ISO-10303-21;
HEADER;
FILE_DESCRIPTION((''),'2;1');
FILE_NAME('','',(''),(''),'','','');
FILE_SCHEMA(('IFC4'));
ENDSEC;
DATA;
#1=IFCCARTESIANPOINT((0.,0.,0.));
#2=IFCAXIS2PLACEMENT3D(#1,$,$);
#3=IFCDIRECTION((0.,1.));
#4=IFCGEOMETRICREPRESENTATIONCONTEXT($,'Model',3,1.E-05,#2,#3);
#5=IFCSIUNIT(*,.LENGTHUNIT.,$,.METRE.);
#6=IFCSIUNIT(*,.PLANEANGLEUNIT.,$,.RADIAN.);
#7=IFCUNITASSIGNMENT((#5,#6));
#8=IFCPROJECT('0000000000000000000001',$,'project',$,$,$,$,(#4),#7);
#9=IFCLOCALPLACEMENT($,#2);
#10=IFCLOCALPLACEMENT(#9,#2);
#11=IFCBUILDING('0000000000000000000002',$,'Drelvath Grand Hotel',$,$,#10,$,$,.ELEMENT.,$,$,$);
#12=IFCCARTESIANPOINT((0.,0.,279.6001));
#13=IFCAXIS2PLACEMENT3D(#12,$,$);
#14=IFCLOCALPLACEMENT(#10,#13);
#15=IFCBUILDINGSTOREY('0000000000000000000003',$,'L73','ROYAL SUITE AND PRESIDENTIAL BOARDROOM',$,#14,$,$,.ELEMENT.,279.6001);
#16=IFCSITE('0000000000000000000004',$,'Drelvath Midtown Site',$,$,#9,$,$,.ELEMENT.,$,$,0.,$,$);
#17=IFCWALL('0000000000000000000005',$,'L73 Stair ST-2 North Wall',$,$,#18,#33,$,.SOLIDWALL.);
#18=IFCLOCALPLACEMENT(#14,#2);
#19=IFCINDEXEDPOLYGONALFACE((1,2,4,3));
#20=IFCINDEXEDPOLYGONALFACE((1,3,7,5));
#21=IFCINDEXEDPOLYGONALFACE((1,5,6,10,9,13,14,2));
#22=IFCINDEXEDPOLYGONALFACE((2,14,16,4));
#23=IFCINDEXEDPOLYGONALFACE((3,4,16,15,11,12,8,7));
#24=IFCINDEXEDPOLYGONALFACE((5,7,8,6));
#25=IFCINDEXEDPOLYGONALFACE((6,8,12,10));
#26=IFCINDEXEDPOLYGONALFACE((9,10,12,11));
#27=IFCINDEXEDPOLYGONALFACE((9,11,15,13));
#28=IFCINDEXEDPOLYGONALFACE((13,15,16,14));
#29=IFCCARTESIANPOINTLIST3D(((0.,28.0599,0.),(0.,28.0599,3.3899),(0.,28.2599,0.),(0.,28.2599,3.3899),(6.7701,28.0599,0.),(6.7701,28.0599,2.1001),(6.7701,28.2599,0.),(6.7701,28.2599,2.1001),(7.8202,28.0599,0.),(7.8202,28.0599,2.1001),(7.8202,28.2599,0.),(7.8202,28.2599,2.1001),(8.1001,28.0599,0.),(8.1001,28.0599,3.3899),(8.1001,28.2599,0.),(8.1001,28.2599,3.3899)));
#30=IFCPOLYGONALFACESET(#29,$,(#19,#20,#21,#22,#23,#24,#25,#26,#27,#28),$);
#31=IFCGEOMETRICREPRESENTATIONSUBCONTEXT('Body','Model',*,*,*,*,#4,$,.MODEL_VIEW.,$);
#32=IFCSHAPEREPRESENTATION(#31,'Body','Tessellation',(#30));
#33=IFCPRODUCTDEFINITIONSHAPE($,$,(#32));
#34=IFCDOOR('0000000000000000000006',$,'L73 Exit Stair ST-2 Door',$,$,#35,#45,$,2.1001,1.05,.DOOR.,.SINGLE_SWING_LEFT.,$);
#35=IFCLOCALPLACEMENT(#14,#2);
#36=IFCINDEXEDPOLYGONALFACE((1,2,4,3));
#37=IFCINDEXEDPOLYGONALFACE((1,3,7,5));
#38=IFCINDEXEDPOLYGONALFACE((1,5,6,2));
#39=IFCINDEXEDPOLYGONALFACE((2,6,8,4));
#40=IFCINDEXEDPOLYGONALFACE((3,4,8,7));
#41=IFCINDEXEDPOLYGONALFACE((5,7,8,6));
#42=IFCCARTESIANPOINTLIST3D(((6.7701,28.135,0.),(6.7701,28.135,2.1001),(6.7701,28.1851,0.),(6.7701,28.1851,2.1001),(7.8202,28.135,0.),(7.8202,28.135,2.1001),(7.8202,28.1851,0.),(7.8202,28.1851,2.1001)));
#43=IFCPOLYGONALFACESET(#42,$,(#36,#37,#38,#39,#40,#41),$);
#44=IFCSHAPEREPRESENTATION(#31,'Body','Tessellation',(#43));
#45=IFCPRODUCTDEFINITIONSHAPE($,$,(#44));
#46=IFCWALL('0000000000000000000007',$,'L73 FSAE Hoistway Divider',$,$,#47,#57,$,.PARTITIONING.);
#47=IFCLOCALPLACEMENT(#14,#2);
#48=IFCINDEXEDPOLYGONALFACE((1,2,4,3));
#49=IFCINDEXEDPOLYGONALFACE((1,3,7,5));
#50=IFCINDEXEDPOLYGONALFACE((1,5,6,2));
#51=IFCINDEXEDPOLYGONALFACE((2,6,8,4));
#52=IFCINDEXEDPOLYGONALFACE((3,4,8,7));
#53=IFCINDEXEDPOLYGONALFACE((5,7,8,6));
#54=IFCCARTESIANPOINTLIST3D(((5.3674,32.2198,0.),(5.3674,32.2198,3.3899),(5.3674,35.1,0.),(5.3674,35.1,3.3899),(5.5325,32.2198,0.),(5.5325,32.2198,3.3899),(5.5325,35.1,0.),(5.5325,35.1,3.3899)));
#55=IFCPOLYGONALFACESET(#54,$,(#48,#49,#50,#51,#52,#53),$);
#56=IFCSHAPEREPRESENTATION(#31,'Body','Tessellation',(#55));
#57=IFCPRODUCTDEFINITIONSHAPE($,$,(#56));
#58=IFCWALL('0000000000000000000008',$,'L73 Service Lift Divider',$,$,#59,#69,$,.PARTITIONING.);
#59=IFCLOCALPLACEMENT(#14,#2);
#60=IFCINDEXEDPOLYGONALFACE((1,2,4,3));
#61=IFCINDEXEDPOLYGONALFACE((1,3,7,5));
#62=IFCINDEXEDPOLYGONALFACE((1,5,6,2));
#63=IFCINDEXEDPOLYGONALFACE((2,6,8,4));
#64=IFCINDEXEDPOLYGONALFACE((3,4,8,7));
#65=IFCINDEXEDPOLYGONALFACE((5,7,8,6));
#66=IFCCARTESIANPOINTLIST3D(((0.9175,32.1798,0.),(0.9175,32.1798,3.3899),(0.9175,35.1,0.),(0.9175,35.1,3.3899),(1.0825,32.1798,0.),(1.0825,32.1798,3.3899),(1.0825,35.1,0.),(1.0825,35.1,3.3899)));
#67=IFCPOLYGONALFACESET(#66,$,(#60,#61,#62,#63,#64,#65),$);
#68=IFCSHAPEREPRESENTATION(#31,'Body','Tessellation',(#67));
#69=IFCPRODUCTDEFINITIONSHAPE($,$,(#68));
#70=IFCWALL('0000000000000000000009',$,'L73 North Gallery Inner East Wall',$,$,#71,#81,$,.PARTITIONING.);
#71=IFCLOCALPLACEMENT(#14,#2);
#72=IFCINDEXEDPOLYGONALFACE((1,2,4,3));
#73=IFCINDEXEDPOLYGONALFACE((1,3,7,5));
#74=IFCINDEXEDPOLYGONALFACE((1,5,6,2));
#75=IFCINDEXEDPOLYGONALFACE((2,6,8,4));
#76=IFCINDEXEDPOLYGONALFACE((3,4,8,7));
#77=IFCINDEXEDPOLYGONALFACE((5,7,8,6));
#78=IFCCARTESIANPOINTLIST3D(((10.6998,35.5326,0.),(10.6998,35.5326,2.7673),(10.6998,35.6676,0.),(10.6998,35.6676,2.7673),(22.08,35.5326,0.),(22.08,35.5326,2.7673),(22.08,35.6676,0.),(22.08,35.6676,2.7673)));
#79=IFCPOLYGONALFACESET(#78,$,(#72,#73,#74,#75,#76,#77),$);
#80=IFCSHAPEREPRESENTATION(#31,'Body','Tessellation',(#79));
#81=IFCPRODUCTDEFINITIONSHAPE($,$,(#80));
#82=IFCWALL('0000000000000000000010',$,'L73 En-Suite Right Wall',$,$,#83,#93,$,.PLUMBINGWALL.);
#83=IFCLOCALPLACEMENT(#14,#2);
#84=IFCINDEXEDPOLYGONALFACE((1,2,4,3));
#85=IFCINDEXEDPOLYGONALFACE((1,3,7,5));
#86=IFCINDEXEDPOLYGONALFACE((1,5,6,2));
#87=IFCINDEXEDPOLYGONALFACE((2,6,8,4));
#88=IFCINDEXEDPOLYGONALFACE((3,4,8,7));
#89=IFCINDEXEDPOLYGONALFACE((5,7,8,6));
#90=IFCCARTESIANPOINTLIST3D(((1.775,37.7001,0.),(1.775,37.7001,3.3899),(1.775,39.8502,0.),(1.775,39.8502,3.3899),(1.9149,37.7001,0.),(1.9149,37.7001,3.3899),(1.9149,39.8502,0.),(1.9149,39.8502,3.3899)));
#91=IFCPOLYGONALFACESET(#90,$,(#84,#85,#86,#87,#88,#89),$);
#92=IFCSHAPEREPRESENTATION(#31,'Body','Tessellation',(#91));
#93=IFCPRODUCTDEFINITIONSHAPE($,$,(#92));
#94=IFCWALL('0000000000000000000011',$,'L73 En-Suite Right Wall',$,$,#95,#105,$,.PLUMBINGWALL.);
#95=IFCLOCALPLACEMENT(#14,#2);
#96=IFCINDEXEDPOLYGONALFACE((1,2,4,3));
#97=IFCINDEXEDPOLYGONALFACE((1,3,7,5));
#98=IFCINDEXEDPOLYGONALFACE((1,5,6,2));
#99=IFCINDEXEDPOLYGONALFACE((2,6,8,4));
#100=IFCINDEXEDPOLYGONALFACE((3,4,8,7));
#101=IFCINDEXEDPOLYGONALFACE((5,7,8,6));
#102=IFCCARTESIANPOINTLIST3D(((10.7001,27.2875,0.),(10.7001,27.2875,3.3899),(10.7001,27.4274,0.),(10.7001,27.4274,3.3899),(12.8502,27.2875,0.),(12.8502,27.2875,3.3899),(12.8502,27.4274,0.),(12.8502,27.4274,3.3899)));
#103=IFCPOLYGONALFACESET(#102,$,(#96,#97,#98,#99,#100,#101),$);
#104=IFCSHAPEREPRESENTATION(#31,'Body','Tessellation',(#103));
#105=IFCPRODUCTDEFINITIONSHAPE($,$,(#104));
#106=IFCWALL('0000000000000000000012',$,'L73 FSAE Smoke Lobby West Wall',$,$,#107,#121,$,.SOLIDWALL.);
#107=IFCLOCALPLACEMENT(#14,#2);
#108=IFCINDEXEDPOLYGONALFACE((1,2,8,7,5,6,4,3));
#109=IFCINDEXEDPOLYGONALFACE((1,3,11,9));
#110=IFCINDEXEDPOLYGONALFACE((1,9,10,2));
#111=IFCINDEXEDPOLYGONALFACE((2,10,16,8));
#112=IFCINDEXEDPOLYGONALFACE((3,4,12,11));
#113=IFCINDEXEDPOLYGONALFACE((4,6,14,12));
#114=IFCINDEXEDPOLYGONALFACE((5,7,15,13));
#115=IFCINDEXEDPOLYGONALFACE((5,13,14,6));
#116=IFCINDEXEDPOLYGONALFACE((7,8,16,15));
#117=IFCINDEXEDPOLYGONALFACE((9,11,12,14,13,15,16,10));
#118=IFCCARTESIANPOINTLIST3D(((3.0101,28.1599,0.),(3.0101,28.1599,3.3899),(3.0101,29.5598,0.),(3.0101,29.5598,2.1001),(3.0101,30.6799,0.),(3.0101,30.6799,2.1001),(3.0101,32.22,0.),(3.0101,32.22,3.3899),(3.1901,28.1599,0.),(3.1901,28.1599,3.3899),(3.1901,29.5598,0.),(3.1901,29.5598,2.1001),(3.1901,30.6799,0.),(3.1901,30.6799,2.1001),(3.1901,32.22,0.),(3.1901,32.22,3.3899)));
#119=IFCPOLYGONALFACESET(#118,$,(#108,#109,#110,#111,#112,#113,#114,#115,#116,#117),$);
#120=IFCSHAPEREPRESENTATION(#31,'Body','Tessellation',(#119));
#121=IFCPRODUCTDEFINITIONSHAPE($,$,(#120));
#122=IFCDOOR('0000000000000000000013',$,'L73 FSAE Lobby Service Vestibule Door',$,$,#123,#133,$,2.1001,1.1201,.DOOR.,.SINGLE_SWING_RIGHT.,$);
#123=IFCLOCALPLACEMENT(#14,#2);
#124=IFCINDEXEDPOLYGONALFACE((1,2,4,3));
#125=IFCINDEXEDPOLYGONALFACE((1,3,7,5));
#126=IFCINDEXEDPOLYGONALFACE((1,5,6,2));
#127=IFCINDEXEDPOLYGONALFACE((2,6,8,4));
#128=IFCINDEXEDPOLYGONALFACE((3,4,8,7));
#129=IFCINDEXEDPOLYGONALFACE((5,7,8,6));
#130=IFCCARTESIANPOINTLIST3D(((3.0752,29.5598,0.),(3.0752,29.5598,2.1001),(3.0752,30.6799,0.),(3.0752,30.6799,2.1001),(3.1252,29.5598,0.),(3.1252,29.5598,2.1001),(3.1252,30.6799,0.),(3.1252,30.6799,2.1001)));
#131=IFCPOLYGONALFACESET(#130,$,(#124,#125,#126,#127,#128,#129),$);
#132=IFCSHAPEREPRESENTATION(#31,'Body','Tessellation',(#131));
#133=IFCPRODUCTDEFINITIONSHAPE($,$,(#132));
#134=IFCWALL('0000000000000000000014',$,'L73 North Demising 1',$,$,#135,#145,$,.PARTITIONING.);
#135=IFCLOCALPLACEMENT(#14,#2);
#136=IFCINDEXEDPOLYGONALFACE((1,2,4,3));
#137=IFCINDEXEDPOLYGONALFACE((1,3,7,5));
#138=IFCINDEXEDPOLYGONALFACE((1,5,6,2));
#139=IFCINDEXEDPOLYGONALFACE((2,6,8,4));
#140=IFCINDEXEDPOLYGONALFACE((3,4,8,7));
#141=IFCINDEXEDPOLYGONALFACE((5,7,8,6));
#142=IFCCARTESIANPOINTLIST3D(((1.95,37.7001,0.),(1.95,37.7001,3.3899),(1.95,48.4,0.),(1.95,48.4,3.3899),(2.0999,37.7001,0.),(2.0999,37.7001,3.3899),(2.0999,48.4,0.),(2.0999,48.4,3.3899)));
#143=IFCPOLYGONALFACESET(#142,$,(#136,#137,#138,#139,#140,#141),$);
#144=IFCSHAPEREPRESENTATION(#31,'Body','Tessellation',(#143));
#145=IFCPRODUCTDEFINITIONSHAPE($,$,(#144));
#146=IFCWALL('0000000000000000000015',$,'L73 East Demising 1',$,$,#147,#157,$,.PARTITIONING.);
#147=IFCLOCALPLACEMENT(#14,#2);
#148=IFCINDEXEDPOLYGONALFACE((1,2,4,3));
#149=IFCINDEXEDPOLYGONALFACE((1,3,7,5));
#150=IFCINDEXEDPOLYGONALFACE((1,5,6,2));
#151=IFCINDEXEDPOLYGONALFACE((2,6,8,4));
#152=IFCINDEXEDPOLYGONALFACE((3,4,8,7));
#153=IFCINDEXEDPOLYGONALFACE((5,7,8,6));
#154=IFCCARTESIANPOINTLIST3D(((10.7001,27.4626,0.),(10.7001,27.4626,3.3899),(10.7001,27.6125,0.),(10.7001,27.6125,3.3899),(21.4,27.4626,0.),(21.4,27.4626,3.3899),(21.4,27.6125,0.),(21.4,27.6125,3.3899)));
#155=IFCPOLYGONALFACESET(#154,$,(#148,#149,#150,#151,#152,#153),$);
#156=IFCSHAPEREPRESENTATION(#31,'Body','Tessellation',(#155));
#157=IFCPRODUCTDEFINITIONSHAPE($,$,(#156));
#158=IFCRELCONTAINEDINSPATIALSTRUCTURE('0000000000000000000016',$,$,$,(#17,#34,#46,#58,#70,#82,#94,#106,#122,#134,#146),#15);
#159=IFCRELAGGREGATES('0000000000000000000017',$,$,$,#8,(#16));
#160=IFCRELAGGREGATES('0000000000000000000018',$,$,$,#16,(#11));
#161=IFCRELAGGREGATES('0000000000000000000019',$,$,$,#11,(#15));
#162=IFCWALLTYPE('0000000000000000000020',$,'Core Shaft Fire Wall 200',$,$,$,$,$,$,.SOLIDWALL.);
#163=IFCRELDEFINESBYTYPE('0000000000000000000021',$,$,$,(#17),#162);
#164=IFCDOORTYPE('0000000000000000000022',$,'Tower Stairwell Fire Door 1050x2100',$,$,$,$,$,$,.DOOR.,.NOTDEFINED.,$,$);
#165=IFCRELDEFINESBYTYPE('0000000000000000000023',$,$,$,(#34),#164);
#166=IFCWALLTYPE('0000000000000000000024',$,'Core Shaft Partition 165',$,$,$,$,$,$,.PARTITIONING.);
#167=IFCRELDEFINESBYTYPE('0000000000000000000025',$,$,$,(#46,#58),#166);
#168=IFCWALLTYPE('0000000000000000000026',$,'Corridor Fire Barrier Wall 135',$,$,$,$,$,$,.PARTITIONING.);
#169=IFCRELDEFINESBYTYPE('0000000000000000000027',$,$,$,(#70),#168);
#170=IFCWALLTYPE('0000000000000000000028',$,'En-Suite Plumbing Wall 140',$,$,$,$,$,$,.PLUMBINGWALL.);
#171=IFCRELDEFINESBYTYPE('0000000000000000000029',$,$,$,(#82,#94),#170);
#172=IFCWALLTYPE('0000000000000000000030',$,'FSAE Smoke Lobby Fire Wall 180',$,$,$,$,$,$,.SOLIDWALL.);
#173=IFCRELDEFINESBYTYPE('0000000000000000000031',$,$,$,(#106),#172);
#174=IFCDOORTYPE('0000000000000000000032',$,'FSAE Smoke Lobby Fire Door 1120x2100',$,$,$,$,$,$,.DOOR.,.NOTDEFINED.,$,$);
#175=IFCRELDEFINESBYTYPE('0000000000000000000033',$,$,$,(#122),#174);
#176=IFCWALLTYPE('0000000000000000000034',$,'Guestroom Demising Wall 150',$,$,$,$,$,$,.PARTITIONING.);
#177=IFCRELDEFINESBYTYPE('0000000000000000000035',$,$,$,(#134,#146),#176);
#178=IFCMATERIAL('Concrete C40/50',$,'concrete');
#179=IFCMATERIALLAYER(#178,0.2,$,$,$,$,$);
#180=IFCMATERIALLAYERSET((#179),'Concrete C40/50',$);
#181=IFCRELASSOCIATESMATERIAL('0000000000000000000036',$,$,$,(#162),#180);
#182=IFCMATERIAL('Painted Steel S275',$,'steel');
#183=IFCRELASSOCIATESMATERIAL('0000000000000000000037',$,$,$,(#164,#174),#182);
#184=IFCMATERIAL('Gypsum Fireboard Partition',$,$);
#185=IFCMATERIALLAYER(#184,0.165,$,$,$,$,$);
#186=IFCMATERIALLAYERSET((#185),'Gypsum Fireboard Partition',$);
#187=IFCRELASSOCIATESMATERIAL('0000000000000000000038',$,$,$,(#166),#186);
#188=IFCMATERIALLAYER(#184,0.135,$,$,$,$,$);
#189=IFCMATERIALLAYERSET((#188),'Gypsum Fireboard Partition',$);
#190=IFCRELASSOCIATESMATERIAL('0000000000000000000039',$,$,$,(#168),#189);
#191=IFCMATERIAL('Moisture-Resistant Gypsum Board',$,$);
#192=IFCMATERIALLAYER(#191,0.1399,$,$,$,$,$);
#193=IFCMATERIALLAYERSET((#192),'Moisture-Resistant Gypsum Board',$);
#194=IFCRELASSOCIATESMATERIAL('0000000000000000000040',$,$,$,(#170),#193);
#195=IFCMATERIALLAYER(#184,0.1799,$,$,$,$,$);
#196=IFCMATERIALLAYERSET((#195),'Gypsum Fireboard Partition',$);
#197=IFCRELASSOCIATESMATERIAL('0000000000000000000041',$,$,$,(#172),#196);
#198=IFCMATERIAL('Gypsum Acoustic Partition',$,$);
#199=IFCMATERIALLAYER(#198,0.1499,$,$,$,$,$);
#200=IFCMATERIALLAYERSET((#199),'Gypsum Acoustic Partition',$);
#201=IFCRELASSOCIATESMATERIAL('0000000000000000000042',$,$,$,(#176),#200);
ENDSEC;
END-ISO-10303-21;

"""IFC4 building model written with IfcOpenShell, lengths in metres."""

from ifc_helpers import new_model, si_unit, direction, frame, frame_2d, origin, place, context, subcontext, project, spatial, rectangle, extrude, material, layer, layer_set, type_object, element, fill, save


model = new_model("IFC4")

# Units and contexts
model_context = context("Model", 3, precision=1e-05, world=origin(), true_north=direction((0.0, 1.0)))
body_context = subcontext(model_context, "Body", "Model", "MODEL_VIEW")
ifc_project = project(units=[si_unit("LENGTHUNIT", "METRE"), si_unit("PLANEANGLEUNIT", "RADIAN")], contexts=[model_context])

# Site, building, storey
site_placement = place(None, origin())
site = spatial("IfcSite", under=ifc_project, at=site_placement, Name="Drelvath Midtown Site", CompositionType="ELEMENT", RefElevation=0.0)
building_placement = place(site_placement, origin())
building = spatial("IfcBuilding", under=site, at=building_placement, Name="Drelvath Grand Hotel", CompositionType="ELEMENT")
storey_placement = place(building_placement, frame((0.0, 0.0, 279.6001)))
storey = spatial("IfcBuildingStorey", under=building, at=storey_placement, Name="L73", Description="ROYAL SUITE AND PRESIDENTIAL BOARDROOM", CompositionType="ELEMENT", Elevation=279.6001)

# Shared definitions
ifc_material_1 = material(Name="Concrete C40/50", Category="concrete")

# Wall, opening, door
ifc_layer_1 = layer(ifc_material_1, 0.2)
ifc_layer_set_1 = layer_set([ifc_layer_1], Name="Concrete C40/50")
wall_type_1 = type_object("IfcWallType", Name="Core Shaft Fire Wall 200", PredefinedType="SOLIDWALL", material=ifc_layer_set_1)
wall_1_placement = place(storey_placement, frame((8.1001, 28.1599, 0.0), z_axis=(0.0, 0.0, 1.0), x_axis=(-1.0, 0.0, 0.0)))
wall_1 = element("IfcWall", 1, at=wall_1_placement, inside=storey, type_object=wall_type_1, Name="L73 Stair ST-2 North Wall", PredefinedType="SOLIDWALL", context=body_context, shape_type="SweptSolid", body=[
    extrude(rectangle(XDim=8.1001, YDim=0.2, at=frame_2d((4.05, 0.0))), origin(), (0.0, 0.0, 1.0), 3.3899),
])
opening_1_placement = place(wall_1_placement, frame((0.28, 0.0, 0.0)))
opening_1 = element("IfcOpeningElement", 2, at=opening_1_placement, cuts=wall_1, PredefinedType="OPENING", context=body_context, shape_type="SweptSolid", body=[
    extrude(rectangle(XDim=1.05, YDim=2.1001, at=frame_2d((0.5249, 1.05))), frame((0.0, 0.1099, 0.0), z_axis=(0.0, -1.0, 0.0), x_axis=(1.0, 0.0, 0.0)), (0.0, 0.0, 1.0), 0.22),
])
ifc_material_2 = material(Name="Painted Steel S275", Category="steel")
door_type_1 = type_object("IfcDoorType", Name="Tower Stairwell Fire Door 1050x2100", OperationType="NOTDEFINED", PredefinedType="DOOR", material=ifc_material_2)
door_1_placement = place(opening_1_placement, origin())
door_1 = element("IfcDoor", 3, at=door_1_placement, inside=storey, type_object=door_type_1, Name="L73 Exit Stair ST-2 Door", OperationType="SINGLE_SWING_LEFT", OverallHeight=2.1001, OverallWidth=1.05, PredefinedType="DOOR", context=body_context, shape_type="SweptSolid", body=[
    extrude(rectangle(XDim=1.05, YDim=2.1001, at=frame_2d((0.5249, 1.05))), frame((0.0, 0.0249, 0.0), z_axis=(0.0, -1.0, 0.0), x_axis=(1.0, 0.0, 0.0)), (0.0, 0.0, 1.0), 0.05),
])
fill(opening_1, door_1)

# Walls
ifc_material_3 = material(Name="Gypsum Fireboard Partition")
ifc_layer_2 = layer(ifc_material_3, 0.165)
ifc_layer_set_2 = layer_set([ifc_layer_2], Name="Gypsum Fireboard Partition")
wall_type_2 = type_object("IfcWallType", Name="Core Shaft Partition 165", PredefinedType="PARTITIONING", material=ifc_layer_set_2)
wall_2_placement = place(storey_placement, frame((5.45, 32.22, 0.0), z_axis=(0.0, 0.0, 1.0), x_axis=(0.0, 1.0, 0.0)))
element("IfcWall", 4, at=wall_2_placement, inside=storey, type_object=wall_type_2, Name="L73 FSAE Hoistway Divider", PredefinedType="PARTITIONING", context=body_context, shape_type="SweptSolid", body=[
    extrude(rectangle(XDim=2.8801, YDim=0.165, at=frame_2d((1.4399, 0.0))), origin(), (0.0, 0.0, 1.0), 3.3899),
])
wall_3_placement = place(storey_placement, frame((1.0, 32.1799, 0.0), z_axis=(0.0, 0.0, 1.0), x_axis=(0.0, 1.0, 0.0)))
element("IfcWall", 5, at=wall_3_placement, inside=storey, type_object=wall_type_2, Name="L73 Service Lift Divider", PredefinedType="PARTITIONING", context=body_context, shape_type="SweptSolid", body=[
    extrude(rectangle(XDim=2.9202, YDim=0.165, at=frame_2d((1.46, 0.0))), origin(), (0.0, 0.0, 1.0), 3.3899),
])
ifc_layer_3 = layer(ifc_material_3, 0.135)
ifc_layer_set_3 = layer_set([ifc_layer_3], Name="Gypsum Fireboard Partition")
wall_type_3 = type_object("IfcWallType", Name="Corridor Fire Barrier Wall 135", PredefinedType="PARTITIONING", material=ifc_layer_set_3)
wall_4_placement = place(storey_placement, frame((10.7, 35.6001, 0.0), z_axis=(0.0, 0.0, 1.0), x_axis=(1.0, 0.0, 0.0)))
element("IfcWall", 6, at=wall_4_placement, inside=storey, type_object=wall_type_3, Name="L73 North Gallery Inner East Wall", PredefinedType="PARTITIONING", context=body_context, shape_type="SweptSolid", body=[
    extrude(rectangle(XDim=11.3801, YDim=0.135, at=frame_2d((5.6899, 0.0))), origin(), (0.0, 0.0, 1.0), 2.7673),
])
ifc_material_4 = material(Name="Moisture-Resistant Gypsum Board")
ifc_layer_4 = layer(ifc_material_4, 0.1399)
ifc_layer_set_4 = layer_set([ifc_layer_4], Name="Moisture-Resistant Gypsum Board")
wall_type_4 = type_object("IfcWallType", Name="En-Suite Plumbing Wall 140", PredefinedType="PLUMBINGWALL", material=ifc_layer_set_4)
for number, where, z_axis, x_axis, name in (
    (7, (1.845, 37.7, 0.0), (0.0, 0.0, 1.0), (0.0, 1.0, 0.0), "L73 En-Suite Right Wall"),
    (8, (10.7, 27.3574, 0.0), (0.0, 0.0, 1.0), (1.0, 0.0, 0.0), "L73 En-Suite Right Wall"),
):
    element("IfcWall", number, at=place(storey_placement, frame(where, z_axis=z_axis, x_axis=x_axis)), inside=storey, type_object=wall_type_4, Name=name, PredefinedType="PLUMBINGWALL", context=body_context, shape_type="SweptSolid", body=[
        extrude(rectangle(XDim=2.1501, YDim=0.1399, at=frame_2d((1.0752, 0.0))), origin(), (0.0, 0.0, 1.0), 3.3899),
    ])

# Wall, opening, door
ifc_layer_5 = layer(ifc_material_3, 0.1799)
ifc_layer_set_5 = layer_set([ifc_layer_5], Name="Gypsum Fireboard Partition")
wall_type_5 = type_object("IfcWallType", Name="FSAE Smoke Lobby Fire Wall 180", PredefinedType="SOLIDWALL", material=ifc_layer_set_5)
wall_5_placement = place(storey_placement, frame((3.1001, 28.1599, 0.0), z_axis=(0.0, 0.0, 1.0), x_axis=(0.0, 1.0, 0.0)))
wall_5 = element("IfcWall", 9, at=wall_5_placement, inside=storey, type_object=wall_type_5, Name="L73 FSAE Smoke Lobby West Wall", PredefinedType="SOLIDWALL", context=body_context, shape_type="SweptSolid", body=[
    extrude(rectangle(XDim=4.0601, YDim=0.1799, at=frame_2d((2.03, 0.0))), origin(), (0.0, 0.0, 1.0), 3.3899),
])
opening_2_placement = place(wall_5_placement, frame((1.3999, 0.0, 0.0)))
opening_2 = element("IfcOpeningElement", 10, at=opening_2_placement, cuts=wall_5, PredefinedType="OPENING", context=body_context, shape_type="SweptSolid", body=[
    extrude(rectangle(XDim=1.1201, YDim=2.1001, at=frame_2d((0.5601, 1.05))), frame((0.0, 0.0999, 0.0), z_axis=(0.0, -1.0, 0.0), x_axis=(1.0, 0.0, 0.0)), (0.0, 0.0, 1.0), 0.2),
])
door_type_2 = type_object("IfcDoorType", Name="FSAE Smoke Lobby Fire Door 1120x2100", OperationType="NOTDEFINED", PredefinedType="DOOR", material=ifc_material_2)
door_2_placement = place(opening_2_placement, origin())
door_2 = element("IfcDoor", 11, at=door_2_placement, inside=storey, type_object=door_type_2, Name="L73 FSAE Lobby Service Vestibule Door", OperationType="SINGLE_SWING_RIGHT", OverallHeight=2.1001, OverallWidth=1.1201, PredefinedType="DOOR", context=body_context, shape_type="SweptSolid", body=[
    extrude(rectangle(XDim=1.1201, YDim=2.1001, at=frame_2d((0.5601, 1.05))), frame((0.0, 0.0249, 0.0), z_axis=(0.0, -1.0, 0.0), x_axis=(1.0, 0.0, 0.0)), (0.0, 0.0, 1.0), 0.05),
])
fill(opening_2, door_2)

# Walls
ifc_material_5 = material(Name="Gypsum Acoustic Partition")
ifc_layer_6 = layer(ifc_material_5, 0.1499)
ifc_layer_set_6 = layer_set([ifc_layer_6], Name="Gypsum Acoustic Partition")
wall_type_6 = type_object("IfcWallType", Name="Guestroom Demising Wall 150", PredefinedType="PARTITIONING", material=ifc_layer_set_6)
for number, where, z_axis, x_axis, name in (
    (12, (2.0249, 37.7, 0.0), (0.0, 0.0, 1.0), (0.0, 1.0, 0.0), "L73 North Demising 1"),
    (13, (10.7, 27.5376, 0.0), (0.0, 0.0, 1.0), (1.0, 0.0, 0.0), "L73 East Demising 1"),
):
    element("IfcWall", number, at=place(storey_placement, frame(where, z_axis=z_axis, x_axis=x_axis)), inside=storey, type_object=wall_type_6, Name=name, PredefinedType="PARTITIONING", context=body_context, shape_type="SweptSolid", body=[
        extrude(rectangle(XDim=10.7, YDim=0.1499, at=frame_2d((5.3501, 0.0))), origin(), (0.0, 0.0, 1.0), 3.3899),
    ])

save(model, "model.ifc")
